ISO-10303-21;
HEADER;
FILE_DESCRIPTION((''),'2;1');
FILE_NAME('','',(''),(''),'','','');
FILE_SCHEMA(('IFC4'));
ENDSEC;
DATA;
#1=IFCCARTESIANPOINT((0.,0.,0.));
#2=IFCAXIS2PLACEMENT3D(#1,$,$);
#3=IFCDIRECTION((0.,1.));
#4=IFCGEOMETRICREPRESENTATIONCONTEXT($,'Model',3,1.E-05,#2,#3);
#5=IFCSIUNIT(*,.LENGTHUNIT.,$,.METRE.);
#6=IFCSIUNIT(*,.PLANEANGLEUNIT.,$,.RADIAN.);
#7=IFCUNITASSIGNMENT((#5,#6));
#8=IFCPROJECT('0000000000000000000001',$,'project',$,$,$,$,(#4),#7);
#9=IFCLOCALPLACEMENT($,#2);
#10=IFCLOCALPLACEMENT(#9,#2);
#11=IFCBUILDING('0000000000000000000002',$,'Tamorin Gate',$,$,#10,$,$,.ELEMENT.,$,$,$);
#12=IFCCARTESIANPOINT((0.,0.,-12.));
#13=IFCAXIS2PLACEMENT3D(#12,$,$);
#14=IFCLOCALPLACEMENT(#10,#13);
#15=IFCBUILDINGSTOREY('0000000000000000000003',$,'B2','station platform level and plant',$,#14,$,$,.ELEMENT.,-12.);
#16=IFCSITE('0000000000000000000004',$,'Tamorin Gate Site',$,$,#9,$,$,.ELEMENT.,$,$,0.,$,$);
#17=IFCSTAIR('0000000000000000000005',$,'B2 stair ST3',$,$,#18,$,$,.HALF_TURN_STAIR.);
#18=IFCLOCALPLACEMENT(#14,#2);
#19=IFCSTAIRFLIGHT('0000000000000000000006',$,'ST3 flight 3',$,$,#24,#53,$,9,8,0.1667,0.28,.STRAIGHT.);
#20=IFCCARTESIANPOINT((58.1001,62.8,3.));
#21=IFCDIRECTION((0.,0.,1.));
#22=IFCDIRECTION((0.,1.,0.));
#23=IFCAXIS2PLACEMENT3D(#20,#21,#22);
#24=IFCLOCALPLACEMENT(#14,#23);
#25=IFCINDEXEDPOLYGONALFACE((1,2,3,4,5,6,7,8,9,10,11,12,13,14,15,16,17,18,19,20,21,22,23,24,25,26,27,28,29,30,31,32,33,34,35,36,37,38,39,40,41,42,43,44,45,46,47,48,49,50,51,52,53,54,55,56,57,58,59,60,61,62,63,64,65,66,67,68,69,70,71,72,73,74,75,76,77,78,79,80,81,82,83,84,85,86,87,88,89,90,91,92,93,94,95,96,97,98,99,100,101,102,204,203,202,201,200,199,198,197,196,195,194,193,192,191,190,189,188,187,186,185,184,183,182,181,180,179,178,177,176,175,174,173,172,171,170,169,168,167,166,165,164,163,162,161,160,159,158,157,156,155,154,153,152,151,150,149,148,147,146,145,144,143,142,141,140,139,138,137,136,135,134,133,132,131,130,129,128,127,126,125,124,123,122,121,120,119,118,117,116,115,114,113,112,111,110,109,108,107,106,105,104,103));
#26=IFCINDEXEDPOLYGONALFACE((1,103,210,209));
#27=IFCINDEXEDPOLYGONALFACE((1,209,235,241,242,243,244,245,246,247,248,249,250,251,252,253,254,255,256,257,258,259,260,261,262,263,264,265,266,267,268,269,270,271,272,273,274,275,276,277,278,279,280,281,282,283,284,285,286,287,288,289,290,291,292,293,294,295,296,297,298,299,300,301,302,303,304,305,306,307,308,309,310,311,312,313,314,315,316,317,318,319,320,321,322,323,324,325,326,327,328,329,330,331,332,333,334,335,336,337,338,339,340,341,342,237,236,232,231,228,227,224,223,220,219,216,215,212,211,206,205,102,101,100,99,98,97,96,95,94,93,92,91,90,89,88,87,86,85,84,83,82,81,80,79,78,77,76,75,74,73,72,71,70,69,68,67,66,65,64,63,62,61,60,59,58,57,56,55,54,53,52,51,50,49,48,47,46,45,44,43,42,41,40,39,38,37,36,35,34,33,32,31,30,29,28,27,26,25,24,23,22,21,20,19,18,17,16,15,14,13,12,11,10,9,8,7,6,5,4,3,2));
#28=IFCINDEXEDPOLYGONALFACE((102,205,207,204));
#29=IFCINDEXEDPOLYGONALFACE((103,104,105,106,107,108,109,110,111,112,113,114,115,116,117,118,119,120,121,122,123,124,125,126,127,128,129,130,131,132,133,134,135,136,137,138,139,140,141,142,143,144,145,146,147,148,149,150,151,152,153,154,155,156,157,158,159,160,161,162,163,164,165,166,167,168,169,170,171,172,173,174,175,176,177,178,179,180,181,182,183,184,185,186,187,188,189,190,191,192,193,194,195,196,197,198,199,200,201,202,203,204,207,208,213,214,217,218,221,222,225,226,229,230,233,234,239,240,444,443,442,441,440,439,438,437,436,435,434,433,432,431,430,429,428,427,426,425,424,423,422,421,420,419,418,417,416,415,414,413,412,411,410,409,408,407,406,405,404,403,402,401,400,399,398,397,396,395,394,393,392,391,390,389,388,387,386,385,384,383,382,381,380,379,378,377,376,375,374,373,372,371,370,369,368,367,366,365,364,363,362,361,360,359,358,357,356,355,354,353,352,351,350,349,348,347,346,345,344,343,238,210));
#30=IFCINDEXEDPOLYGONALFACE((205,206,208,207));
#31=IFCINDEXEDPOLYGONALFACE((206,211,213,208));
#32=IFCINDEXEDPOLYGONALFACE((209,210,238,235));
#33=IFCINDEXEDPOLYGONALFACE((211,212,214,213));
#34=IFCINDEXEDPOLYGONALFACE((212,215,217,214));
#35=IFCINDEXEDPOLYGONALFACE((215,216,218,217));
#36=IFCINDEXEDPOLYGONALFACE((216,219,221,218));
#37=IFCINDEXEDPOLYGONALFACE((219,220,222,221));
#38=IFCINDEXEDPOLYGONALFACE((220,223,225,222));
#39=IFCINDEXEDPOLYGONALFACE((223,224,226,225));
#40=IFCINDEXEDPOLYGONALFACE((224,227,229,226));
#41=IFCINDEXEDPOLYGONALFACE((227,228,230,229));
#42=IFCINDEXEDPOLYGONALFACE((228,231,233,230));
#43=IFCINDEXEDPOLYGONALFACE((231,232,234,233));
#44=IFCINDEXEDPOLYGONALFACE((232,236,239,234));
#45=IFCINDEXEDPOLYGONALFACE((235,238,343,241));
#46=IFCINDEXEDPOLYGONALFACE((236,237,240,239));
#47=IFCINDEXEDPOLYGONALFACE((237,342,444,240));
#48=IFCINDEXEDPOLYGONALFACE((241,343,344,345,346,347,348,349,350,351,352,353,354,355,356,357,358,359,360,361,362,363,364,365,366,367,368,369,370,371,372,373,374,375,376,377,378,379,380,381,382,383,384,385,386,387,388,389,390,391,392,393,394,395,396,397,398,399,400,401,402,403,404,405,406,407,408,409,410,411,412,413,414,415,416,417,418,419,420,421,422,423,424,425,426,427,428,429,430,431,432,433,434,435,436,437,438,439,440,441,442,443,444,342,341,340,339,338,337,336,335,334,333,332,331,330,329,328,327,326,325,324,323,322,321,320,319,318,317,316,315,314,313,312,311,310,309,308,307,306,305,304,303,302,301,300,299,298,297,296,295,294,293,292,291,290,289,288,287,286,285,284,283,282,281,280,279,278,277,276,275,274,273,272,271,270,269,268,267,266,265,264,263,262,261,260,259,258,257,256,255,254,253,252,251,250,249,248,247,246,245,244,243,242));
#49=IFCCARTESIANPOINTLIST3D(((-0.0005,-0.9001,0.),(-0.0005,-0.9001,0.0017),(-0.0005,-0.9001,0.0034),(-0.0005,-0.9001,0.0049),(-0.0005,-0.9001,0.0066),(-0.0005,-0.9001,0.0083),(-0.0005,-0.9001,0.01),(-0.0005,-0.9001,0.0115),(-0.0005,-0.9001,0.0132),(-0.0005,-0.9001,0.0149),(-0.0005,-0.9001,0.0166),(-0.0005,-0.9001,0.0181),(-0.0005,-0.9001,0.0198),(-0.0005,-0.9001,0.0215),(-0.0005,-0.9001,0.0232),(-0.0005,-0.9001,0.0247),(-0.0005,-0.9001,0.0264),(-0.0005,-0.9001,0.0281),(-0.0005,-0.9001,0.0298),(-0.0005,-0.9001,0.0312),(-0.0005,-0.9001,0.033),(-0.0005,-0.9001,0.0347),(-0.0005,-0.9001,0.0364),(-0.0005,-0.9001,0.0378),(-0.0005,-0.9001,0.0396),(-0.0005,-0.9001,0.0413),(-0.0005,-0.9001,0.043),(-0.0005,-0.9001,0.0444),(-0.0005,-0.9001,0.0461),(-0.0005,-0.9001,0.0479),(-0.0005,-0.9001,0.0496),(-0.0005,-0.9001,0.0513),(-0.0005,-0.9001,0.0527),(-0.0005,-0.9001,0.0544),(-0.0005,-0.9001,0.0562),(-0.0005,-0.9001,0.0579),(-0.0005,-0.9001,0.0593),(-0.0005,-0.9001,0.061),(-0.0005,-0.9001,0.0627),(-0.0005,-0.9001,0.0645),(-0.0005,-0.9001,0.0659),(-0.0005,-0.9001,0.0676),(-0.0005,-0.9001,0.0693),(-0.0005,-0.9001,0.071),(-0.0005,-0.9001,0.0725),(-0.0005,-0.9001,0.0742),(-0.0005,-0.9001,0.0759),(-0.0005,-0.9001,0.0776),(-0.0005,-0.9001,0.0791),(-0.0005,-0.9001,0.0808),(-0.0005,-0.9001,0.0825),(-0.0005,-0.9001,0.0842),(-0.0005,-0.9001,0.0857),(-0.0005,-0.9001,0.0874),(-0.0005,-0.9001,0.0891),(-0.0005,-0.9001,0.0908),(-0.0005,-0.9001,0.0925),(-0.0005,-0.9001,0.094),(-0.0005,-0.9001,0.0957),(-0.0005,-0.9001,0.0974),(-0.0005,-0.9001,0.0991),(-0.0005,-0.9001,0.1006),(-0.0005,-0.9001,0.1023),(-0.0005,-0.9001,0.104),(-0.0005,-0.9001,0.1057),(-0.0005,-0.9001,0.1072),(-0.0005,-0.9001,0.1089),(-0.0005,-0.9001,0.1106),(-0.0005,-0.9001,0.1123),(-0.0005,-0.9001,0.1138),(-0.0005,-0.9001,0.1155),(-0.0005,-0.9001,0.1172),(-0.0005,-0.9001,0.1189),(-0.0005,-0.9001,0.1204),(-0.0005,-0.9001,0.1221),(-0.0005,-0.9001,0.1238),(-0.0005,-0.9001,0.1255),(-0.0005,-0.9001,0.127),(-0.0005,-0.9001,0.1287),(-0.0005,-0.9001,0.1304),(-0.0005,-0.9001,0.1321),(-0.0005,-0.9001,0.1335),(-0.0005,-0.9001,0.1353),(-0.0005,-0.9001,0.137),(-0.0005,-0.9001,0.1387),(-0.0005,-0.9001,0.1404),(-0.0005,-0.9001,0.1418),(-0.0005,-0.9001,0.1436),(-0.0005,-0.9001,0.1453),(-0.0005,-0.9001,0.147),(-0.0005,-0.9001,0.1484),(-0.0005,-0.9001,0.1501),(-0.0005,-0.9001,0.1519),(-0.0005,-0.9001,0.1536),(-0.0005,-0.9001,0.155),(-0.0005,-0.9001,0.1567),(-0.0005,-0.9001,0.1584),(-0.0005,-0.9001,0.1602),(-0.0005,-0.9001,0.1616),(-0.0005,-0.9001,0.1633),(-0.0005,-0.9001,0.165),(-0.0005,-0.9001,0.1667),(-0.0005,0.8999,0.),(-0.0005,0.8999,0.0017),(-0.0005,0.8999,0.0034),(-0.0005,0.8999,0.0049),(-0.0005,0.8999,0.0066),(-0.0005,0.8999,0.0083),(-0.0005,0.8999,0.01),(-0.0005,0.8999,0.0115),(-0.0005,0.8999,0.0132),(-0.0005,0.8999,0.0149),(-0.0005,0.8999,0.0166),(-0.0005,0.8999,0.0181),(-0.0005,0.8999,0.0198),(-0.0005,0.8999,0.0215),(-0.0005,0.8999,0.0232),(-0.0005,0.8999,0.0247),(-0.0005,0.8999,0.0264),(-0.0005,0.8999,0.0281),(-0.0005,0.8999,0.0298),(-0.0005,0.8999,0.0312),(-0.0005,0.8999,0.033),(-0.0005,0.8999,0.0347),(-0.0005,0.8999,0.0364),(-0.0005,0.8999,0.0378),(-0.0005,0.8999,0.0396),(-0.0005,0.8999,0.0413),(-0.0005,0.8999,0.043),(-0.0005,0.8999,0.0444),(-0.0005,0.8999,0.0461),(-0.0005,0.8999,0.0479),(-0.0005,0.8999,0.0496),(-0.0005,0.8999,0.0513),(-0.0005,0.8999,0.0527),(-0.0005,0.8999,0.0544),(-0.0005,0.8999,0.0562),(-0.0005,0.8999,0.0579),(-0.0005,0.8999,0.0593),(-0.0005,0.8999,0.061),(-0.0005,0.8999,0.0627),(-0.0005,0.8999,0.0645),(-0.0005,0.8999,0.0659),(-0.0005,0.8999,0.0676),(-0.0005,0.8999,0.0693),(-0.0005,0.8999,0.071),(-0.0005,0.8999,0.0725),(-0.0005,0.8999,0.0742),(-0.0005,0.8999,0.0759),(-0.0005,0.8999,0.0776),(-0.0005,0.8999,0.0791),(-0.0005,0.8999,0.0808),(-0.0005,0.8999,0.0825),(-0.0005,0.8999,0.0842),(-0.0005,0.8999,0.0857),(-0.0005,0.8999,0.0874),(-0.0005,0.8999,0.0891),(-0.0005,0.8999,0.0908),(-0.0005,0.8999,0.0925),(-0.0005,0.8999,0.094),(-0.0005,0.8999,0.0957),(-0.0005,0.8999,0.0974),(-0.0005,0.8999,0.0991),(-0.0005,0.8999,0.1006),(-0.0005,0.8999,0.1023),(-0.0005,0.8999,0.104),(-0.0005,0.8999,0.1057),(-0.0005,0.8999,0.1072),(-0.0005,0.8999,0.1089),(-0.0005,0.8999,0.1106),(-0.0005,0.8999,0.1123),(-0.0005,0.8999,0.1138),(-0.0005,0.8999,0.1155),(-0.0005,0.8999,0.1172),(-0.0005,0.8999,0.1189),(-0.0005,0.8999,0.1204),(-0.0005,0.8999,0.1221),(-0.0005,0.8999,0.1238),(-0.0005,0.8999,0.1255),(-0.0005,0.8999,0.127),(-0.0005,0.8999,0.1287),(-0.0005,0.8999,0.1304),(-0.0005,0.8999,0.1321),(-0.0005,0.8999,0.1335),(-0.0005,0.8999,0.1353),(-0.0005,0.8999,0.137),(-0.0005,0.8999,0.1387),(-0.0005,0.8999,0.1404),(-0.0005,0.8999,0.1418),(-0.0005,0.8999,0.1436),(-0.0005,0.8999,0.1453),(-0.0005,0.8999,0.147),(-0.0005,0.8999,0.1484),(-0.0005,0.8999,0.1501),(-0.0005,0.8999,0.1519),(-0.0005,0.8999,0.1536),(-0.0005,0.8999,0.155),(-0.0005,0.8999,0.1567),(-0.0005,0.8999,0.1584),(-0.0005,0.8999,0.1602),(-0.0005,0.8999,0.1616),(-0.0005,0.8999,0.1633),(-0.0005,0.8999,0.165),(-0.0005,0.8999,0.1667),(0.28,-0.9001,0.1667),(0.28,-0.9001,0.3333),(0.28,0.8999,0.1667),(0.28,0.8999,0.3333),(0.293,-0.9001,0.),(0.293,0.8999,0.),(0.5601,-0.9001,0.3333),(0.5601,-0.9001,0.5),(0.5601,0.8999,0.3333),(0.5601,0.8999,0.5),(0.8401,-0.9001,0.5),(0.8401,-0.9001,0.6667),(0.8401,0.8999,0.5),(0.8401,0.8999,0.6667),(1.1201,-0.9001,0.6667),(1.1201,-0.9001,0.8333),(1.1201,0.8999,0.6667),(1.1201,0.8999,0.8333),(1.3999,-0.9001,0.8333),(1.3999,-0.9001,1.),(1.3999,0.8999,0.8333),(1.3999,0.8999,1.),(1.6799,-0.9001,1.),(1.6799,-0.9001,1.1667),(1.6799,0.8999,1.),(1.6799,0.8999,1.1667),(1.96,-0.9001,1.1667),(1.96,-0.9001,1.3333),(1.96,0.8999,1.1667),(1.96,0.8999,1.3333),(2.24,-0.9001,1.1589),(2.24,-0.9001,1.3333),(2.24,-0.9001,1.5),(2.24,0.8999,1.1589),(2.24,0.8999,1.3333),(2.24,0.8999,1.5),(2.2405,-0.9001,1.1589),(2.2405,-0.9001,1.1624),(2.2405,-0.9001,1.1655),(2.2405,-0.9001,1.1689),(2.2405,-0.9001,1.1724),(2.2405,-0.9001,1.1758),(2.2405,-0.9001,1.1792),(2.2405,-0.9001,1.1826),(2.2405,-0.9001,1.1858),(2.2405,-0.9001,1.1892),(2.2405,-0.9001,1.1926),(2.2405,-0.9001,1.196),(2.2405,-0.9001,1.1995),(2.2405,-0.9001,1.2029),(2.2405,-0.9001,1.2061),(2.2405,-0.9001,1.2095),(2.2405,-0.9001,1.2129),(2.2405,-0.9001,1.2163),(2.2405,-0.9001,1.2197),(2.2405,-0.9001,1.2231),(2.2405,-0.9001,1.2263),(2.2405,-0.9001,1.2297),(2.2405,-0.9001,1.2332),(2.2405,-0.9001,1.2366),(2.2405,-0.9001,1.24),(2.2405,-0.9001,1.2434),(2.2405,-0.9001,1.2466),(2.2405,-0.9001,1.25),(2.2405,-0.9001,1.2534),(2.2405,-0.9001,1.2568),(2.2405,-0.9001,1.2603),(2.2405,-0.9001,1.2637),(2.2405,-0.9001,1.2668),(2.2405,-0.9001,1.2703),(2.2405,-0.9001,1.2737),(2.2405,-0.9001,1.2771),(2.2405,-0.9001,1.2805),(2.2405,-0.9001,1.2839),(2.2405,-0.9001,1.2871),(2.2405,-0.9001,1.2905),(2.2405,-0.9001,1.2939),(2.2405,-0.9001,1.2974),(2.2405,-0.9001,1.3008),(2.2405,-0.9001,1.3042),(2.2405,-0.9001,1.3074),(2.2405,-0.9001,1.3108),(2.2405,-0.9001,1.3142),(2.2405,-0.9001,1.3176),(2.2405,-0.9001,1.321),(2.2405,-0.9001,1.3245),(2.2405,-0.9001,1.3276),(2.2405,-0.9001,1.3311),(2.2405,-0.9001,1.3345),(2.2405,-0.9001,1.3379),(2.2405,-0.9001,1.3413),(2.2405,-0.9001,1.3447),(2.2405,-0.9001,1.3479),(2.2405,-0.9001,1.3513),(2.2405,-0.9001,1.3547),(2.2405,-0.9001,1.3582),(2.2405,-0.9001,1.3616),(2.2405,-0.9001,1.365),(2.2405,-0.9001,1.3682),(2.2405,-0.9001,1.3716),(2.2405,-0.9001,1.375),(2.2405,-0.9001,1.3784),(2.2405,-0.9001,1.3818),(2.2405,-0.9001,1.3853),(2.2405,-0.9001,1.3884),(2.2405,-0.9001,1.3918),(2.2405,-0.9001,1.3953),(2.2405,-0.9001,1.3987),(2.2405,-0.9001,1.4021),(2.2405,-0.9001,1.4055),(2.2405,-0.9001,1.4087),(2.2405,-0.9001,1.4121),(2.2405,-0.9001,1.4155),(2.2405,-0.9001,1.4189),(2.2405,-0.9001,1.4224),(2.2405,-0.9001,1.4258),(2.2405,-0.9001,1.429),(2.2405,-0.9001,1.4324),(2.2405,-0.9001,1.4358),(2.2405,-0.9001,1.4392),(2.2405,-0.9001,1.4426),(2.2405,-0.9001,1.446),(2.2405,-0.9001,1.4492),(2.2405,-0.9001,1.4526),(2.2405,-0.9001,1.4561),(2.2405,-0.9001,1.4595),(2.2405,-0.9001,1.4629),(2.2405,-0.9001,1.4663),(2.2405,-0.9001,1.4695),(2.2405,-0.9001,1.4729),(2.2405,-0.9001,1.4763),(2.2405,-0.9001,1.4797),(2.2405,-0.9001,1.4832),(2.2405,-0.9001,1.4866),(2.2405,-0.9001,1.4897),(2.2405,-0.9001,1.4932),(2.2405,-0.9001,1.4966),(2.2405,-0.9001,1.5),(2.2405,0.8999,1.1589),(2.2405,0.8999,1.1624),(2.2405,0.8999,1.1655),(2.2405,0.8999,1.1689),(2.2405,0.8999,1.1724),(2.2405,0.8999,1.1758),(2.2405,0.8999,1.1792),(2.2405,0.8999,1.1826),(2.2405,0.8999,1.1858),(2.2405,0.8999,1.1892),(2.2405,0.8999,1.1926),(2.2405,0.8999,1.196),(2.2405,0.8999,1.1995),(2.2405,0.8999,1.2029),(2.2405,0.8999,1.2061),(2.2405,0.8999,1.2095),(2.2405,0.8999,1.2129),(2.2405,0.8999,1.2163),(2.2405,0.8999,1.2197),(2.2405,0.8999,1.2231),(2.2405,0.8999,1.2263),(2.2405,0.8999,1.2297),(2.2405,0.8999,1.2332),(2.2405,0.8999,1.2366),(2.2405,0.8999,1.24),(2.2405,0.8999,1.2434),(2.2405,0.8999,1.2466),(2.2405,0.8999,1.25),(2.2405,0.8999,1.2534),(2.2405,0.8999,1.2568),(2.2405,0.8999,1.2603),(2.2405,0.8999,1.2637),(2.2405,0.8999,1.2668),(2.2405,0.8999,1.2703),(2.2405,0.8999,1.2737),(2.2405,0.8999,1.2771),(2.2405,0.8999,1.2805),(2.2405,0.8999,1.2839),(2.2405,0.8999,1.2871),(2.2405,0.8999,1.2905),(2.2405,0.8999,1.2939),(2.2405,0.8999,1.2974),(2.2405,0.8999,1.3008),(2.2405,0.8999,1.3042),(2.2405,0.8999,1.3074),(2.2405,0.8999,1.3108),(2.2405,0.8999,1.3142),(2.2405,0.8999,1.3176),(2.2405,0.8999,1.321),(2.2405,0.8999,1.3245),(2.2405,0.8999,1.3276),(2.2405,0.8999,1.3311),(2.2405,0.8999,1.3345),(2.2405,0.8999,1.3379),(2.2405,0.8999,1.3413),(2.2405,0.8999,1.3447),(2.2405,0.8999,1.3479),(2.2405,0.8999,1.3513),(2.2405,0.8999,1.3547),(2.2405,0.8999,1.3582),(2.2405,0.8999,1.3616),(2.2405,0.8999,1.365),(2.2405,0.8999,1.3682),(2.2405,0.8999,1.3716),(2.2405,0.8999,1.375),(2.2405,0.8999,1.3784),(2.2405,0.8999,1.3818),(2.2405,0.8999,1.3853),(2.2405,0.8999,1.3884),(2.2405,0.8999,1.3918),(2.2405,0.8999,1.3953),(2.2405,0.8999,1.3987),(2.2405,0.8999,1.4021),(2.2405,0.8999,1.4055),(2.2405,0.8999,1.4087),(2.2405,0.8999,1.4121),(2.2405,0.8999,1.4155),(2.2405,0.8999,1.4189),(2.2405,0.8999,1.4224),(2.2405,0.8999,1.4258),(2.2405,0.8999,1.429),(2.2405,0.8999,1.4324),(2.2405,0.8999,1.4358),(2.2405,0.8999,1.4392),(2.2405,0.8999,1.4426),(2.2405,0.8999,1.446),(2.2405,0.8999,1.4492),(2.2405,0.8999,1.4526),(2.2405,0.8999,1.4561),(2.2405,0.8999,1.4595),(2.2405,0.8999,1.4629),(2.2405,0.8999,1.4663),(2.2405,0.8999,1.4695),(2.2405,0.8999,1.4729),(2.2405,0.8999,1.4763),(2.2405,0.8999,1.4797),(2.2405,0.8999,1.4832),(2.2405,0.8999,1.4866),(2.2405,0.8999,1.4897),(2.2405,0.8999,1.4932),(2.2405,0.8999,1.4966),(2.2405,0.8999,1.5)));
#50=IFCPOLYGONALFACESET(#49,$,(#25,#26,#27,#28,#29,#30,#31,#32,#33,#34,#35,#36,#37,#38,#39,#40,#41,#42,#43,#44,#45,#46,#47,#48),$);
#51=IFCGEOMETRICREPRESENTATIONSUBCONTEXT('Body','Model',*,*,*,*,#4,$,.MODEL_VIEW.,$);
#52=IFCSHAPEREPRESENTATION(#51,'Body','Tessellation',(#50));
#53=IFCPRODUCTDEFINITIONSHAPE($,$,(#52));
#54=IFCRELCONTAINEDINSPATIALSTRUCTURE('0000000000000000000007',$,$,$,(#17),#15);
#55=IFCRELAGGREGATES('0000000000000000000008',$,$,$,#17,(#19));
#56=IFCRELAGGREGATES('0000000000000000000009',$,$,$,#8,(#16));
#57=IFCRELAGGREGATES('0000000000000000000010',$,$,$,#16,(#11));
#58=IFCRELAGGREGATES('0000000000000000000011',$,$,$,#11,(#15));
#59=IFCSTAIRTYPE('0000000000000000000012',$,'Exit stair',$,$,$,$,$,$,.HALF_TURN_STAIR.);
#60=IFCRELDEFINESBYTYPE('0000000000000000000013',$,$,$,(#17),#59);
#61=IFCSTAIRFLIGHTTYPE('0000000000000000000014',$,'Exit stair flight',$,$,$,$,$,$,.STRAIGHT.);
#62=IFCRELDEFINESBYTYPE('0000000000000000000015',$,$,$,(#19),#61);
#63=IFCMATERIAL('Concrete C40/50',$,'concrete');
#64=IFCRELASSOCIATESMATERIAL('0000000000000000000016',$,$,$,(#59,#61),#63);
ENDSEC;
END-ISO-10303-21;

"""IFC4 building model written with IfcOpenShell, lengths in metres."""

from ifc_helpers import new_model, si_unit, direction, frame, origin, place, context, subcontext, project, spatial, polyline, outline, extrude, material, type_object, element, aggregate, save


model = new_model("IFC4")

# Units and contexts
model_context = context("Model", 3, precision=1e-05, world=origin(), true_north=direction((0.0, 1.0)))
body_context = subcontext(model_context, "Body", "Model", "MODEL_VIEW")
ifc_project = project(units=[si_unit("LENGTHUNIT", "METRE"), si_unit("PLANEANGLEUNIT", "RADIAN")], contexts=[model_context])

# Site, building, storey
site_placement = place(None, origin())
site = spatial("IfcSite", under=ifc_project, at=site_placement, Name="Tamorin Gate Site", CompositionType="ELEMENT", RefElevation=0.0)
building_placement = place(site_placement, origin())
building = spatial("IfcBuilding", under=site, at=building_placement, Name="Tamorin Gate", CompositionType="ELEMENT")
storey_placement = place(building_placement, frame((0.0, 0.0, -12.0)))
storey = spatial("IfcBuildingStorey", under=building, at=storey_placement, Name="B2", Description="station platform level and plant", CompositionType="ELEMENT", Elevation=-12.0)

# Shared definitions
ifc_material_1 = material(Name="Concrete C40/50", Category="concrete")

# Stair, stair flight
stair_type = type_object("IfcStairType", Name="Exit stair", PredefinedType="HALF_TURN_STAIR", material=ifc_material_1)
stair_placement = place(storey_placement, origin())
stair = element("IfcStair", 1, at=stair_placement, inside=storey, type_object=stair_type, Name="B2 stair ST3", PredefinedType="HALF_TURN_STAIR")
stair_flight_type = type_object("IfcStairFlightType", Name="Exit stair flight", PredefinedType="STRAIGHT", material=ifc_material_1)
stair_flight_1_placement = place(storey_placement, frame((58.1001, 62.8, 3.0), z_axis=(0.0, 0.0, 1.0), x_axis=(0.0, 1.0, 0.0)))
stair_flight_1 = element("IfcStairFlight", 2, at=stair_flight_1_placement, type_object=stair_flight_type, Name="ST3 flight 3", NumberOfRisers=9, NumberOfTreads=8, PredefinedType="STRAIGHT", RiserHeight=0.1667, TreadLength=0.28, context=body_context, shape_type="SweptSolid", body=[
    extrude(outline(polyline([(-0.0005, 0.0), (-0.0005, 0.0017), (-0.0005, 0.0034), (-0.0005, 0.0049), (-0.0005, 0.0066), (-0.0005, 0.0083), (-0.0005, 0.01), (-0.0005, 0.0115), (-0.0005, 0.0132), (-0.0005, 0.0149), (-0.0005, 0.0166), (-0.0005, 0.0181), (-0.0005, 0.0198), (-0.0005, 0.0215), (-0.0005, 0.0232), (-0.0005, 0.0247), (-0.0005, 0.0264), (-0.0005, 0.0281), (-0.0005, 0.0298), (-0.0005, 0.0312), (-0.0005, 0.033), (-0.0005, 0.0347), (-0.0005, 0.0364), (-0.0005, 0.0378), (-0.0005, 0.0396), (-0.0005, 0.0413), (-0.0005, 0.043), (-0.0005, 0.0444), (-0.0005, 0.0461), (-0.0005, 0.0479), (-0.0005, 0.0496), (-0.0005, 0.0513), (-0.0005, 0.0527), (-0.0005, 0.0544), (-0.0005, 0.0562), (-0.0005, 0.0579), (-0.0005, 0.0593), (-0.0005, 0.061), (-0.0005, 0.0627), (-0.0005, 0.0645), (-0.0005, 0.0659), (-0.0005, 0.0676), (-0.0005, 0.0693), (-0.0005, 0.071), (-0.0005, 0.0725), (-0.0005, 0.0742), (-0.0005, 0.0759), (-0.0005, 0.0776), (-0.0005, 0.0791), (-0.0005, 0.0808), (-0.0005, 0.0825), (-0.0005, 0.0842), (-0.0005, 0.0857), (-0.0005, 0.0874), (-0.0005, 0.0891), (-0.0005, 0.0908), (-0.0005, 0.0925), (-0.0005, 0.094), (-0.0005, 0.0957), (-0.0005, 0.0974), (-0.0005, 0.0991), (-0.0005, 0.1006), (-0.0005, 0.1023), (-0.0005, 0.104), (-0.0005, 0.1057), (-0.0005, 0.1072), (-0.0005, 0.1089), (-0.0005, 0.1106), (-0.0005, 0.1123), (-0.0005, 0.1138), (-0.0005, 0.1155), (-0.0005, 0.1172), (-0.0005, 0.1189), (-0.0005, 0.1204), (-0.0005, 0.1221), (-0.0005, 0.1238), (-0.0005, 0.1255), (-0.0005, 0.127), (-0.0005, 0.1287), (-0.0005, 0.1304), (-0.0005, 0.1321), (-0.0005, 0.1335), (-0.0005, 0.1353), (-0.0005, 0.137), (-0.0005, 0.1387), (-0.0005, 0.1404), (-0.0005, 0.1418), (-0.0005, 0.1436), (-0.0005, 0.1453), (-0.0005, 0.147), (-0.0005, 0.1484), (-0.0005, 0.1501), (-0.0005, 0.1519), (-0.0005, 0.1536), (-0.0005, 0.155), (-0.0005, 0.1567), (-0.0005, 0.1584), (-0.0005, 0.1602), (-0.0005, 0.1616), (-0.0005, 0.1633), (-0.0005, 0.165), (-0.0005, 0.1667), (0.28, 0.1667), (0.28, 0.3333), (0.5601, 0.3333), (0.5601, 0.5), (0.8401, 0.5), (0.8401, 0.6667), (1.1201, 0.6667), (1.1201, 0.8333), (1.3999, 0.8333), (1.3999, 1.0), (1.6799, 1.0), (1.6799, 1.1667), (1.96, 1.1667), (1.96, 1.3333), (2.24, 1.3333), (2.24, 1.5), (2.2405, 1.5), (2.2405, 1.4966), (2.2405, 1.4932), (2.2405, 1.4897), (2.2405, 1.4866), (2.2405, 1.4832), (2.2405, 1.4797), (2.2405, 1.4763), (2.2405, 1.4729), (2.2405, 1.4695), (2.2405, 1.4663), (2.2405, 1.4629), (2.2405, 1.4595), (2.2405, 1.4561), (2.2405, 1.4526), (2.2405, 1.4492), (2.2405, 1.446), (2.2405, 1.4426), (2.2405, 1.4392), (2.2405, 1.4358), (2.2405, 1.4324), (2.2405, 1.429), (2.2405, 1.4258), (2.2405, 1.4224), (2.2405, 1.4189), (2.2405, 1.4155), (2.2405, 1.4121), (2.2405, 1.4087), (2.2405, 1.4055), (2.2405, 1.4021), (2.2405, 1.3987), (2.2405, 1.3953), (2.2405, 1.3918), (2.2405, 1.3884), (2.2405, 1.3853), (2.2405, 1.3818), (2.2405, 1.3784), (2.2405, 1.375), (2.2405, 1.3716), (2.2405, 1.3682), (2.2405, 1.365), (2.2405, 1.3616), (2.2405, 1.3582), (2.2405, 1.3547), (2.2405, 1.3513), (2.2405, 1.3479), (2.2405, 1.3447), (2.2405, 1.3413), (2.2405, 1.3379), (2.2405, 1.3345), (2.2405, 1.3311), (2.2405, 1.3276), (2.2405, 1.3245), (2.2405, 1.321), (2.2405, 1.3176), (2.2405, 1.3142), (2.2405, 1.3108), (2.2405, 1.3074), (2.2405, 1.3042), (2.2405, 1.3008), (2.2405, 1.2974), (2.2405, 1.2939), (2.2405, 1.2905), (2.2405, 1.2871), (2.2405, 1.2839), (2.2405, 1.2805), (2.2405, 1.2771), (2.2405, 1.2737), (2.2405, 1.2703), (2.2405, 1.2668), (2.2405, 1.2637), (2.2405, 1.2603), (2.2405, 1.2568), (2.2405, 1.2534), (2.2405, 1.25), (2.2405, 1.2466), (2.2405, 1.2434), (2.2405, 1.24), (2.2405, 1.2366), (2.2405, 1.2332), (2.2405, 1.2297), (2.2405, 1.2263), (2.2405, 1.2231), (2.2405, 1.2197), (2.2405, 1.2163), (2.2405, 1.2129), (2.2405, 1.2095), (2.2405, 1.2061), (2.2405, 1.2029), (2.2405, 1.1995), (2.2405, 1.196), (2.2405, 1.1926), (2.2405, 1.1892), (2.2405, 1.1858), (2.2405, 1.1826), (2.2405, 1.1792), (2.2405, 1.1758), (2.2405, 1.1724), (2.2405, 1.1689), (2.2405, 1.1655), (2.2405, 1.1624), (2.2405, 1.1589), (2.24, 1.1589), (0.293, 0.0), (-0.0005, 0.0)])), frame((0.0, 0.8999, 0.0), z_axis=(0.0, -1.0, 0.0), x_axis=(1.0, 0.0, 0.0)), (0.0, 0.0, 1.0), 1.8),
])
aggregate(stair, [stair_flight_1])

save(model, "model.ifc")
